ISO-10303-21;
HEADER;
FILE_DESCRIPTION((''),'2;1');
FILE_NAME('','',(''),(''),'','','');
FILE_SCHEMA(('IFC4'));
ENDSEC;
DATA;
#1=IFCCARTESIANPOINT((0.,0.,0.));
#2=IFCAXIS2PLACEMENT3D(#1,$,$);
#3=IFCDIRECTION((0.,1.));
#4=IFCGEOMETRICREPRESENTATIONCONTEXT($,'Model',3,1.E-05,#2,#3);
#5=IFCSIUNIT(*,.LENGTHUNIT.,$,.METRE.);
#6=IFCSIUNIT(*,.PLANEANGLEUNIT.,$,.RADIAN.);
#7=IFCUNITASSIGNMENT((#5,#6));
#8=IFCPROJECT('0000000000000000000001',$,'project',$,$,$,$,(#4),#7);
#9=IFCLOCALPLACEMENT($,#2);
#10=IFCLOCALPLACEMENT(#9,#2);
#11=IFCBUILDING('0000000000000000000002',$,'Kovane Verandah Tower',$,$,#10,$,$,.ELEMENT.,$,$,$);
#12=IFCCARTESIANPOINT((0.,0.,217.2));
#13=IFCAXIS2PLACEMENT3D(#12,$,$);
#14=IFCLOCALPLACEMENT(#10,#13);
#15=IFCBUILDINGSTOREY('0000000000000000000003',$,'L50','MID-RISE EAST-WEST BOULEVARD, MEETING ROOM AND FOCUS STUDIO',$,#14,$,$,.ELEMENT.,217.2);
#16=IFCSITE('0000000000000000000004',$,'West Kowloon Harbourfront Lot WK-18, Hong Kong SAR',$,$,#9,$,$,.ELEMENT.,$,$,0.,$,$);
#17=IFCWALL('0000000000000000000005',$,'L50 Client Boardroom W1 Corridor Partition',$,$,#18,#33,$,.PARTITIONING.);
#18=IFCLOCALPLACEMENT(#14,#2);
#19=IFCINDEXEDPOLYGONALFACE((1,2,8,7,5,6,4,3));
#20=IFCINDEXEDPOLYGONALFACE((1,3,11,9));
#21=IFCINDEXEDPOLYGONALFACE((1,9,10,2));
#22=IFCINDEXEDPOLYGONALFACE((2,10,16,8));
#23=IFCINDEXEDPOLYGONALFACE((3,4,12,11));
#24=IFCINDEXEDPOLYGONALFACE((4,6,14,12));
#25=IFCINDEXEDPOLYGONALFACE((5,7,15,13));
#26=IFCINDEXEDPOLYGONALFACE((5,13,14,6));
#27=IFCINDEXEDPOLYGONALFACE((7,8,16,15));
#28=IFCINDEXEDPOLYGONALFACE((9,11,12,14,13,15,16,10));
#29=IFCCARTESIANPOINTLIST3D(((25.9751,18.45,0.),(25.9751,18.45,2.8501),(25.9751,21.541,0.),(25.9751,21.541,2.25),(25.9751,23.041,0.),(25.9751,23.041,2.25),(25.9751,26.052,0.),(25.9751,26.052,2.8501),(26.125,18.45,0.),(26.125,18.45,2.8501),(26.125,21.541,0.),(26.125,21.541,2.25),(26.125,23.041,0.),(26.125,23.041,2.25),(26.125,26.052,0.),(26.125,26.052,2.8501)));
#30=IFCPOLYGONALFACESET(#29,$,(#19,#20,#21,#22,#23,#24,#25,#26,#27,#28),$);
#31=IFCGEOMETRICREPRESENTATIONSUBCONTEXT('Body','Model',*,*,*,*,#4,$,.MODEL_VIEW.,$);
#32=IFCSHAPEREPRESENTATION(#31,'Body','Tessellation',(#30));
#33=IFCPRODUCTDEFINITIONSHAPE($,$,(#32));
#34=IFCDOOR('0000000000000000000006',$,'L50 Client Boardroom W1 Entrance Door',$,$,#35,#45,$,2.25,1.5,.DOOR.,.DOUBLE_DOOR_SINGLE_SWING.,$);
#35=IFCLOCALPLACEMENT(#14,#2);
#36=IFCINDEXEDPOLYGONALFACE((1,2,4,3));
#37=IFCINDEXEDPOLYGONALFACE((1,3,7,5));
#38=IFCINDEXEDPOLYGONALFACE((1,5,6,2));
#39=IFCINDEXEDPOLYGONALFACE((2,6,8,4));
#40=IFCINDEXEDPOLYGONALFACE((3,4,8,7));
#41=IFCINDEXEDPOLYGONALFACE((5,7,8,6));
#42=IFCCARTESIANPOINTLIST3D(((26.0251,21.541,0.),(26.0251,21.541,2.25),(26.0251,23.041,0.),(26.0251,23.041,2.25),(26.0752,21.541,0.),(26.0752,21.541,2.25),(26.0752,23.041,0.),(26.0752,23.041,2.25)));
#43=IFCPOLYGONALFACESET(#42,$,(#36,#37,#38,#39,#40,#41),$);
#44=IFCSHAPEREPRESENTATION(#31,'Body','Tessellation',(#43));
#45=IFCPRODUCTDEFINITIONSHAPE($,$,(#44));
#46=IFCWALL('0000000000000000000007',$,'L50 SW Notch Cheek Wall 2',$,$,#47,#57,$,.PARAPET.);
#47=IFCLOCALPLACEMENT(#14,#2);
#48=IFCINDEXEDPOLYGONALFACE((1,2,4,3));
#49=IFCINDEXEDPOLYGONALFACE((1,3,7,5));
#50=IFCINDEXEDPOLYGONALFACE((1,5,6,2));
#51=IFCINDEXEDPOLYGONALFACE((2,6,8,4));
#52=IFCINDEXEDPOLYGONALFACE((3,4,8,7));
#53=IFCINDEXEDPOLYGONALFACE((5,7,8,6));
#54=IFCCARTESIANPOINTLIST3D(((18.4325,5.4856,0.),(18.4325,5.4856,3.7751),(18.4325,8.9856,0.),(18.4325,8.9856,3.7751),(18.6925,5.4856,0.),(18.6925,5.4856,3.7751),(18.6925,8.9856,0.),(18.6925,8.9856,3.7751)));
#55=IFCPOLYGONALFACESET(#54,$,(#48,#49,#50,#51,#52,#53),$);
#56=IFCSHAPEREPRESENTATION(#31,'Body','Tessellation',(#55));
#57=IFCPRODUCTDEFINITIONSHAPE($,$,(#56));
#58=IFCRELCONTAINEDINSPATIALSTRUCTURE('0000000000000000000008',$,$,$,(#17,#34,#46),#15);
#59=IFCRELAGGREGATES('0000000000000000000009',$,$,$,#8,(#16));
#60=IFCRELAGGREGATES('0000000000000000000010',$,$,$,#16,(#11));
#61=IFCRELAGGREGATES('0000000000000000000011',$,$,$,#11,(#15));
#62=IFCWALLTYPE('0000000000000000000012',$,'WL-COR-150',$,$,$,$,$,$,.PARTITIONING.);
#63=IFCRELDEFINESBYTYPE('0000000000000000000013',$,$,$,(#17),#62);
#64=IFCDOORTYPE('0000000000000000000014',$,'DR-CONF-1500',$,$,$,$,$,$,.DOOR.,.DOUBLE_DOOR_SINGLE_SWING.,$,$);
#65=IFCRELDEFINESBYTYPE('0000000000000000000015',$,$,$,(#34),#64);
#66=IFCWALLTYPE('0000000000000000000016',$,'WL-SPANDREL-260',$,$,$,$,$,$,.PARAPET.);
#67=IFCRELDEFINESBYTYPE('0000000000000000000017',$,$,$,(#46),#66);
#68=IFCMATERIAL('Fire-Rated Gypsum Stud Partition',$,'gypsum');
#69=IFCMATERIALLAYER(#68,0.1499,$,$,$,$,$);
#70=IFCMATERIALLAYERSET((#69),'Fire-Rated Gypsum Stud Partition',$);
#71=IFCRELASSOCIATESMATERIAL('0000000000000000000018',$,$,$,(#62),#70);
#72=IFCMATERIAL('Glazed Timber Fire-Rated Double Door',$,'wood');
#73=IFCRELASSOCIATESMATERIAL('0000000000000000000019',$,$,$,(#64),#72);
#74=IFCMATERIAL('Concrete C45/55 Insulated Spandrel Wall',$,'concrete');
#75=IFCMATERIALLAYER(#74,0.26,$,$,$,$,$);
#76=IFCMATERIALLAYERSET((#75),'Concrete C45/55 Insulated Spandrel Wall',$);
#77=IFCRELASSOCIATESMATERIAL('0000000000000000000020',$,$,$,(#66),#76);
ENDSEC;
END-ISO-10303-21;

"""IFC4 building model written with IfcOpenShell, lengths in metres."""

from ifc_helpers import new_model, si_unit, direction, frame, frame_2d, origin, place, context, subcontext, project, spatial, rectangle, extrude, material, layer, layer_set, type_object, element, fill, save


model = new_model("IFC4")

# Units and contexts
model_context = context("Model", 3, precision=1e-05, world=origin(), true_north=direction((0.0, 1.0)))
body_context = subcontext(model_context, "Body", "Model", "MODEL_VIEW")
ifc_project = project(units=[si_unit("LENGTHUNIT", "METRE"), si_unit("PLANEANGLEUNIT", "RADIAN")], contexts=[model_context])

# Site, building, storey
site_placement = place(None, origin())
site = spatial("IfcSite", under=ifc_project, at=site_placement, Name="West Kowloon Harbourfront Lot WK-18, Hong Kong SAR", CompositionType="ELEMENT", RefElevation=0.0)
building_placement = place(site_placement, origin())
building = spatial("IfcBuilding", under=site, at=building_placement, Name="Kovane Verandah Tower", CompositionType="ELEMENT")
storey_placement = place(building_placement, frame((0.0, 0.0, 217.2)))
storey = spatial("IfcBuildingStorey", under=building, at=storey_placement, Name="L50", Description="MID-RISE EAST-WEST BOULEVARD, MEETING ROOM AND FOCUS STUDIO", CompositionType="ELEMENT", Elevation=217.2)

# Wall, opening, door
ifc_material_1 = material(Name="Fire-Rated Gypsum Stud Partition", Category="gypsum")
ifc_layer_1 = layer(ifc_material_1, 0.1499)
ifc_layer_set_1 = layer_set([ifc_layer_1], Name="Fire-Rated Gypsum Stud Partition")
wall_type_1 = type_object("IfcWallType", Name="WL-COR-150", PredefinedType="PARTITIONING", material=ifc_layer_set_1)
wall_1_placement = place(storey_placement, frame((26.05, 18.45, 0.0), z_axis=(0.0, 0.0, 1.0), x_axis=(0.0, 1.0, 0.0)))
wall_1 = element("IfcWall", 1, at=wall_1_placement, inside=storey, type_object=wall_type_1, Name="L50 Client Boardroom W1 Corridor Partition", PredefinedType="PARTITIONING", context=body_context, shape_type="SweptSolid", body=[
    extrude(rectangle(XDim=7.6021, YDim=0.1499, at=frame_2d((3.801, 0.0))), origin(), (0.0, 0.0, 1.0), 2.8501),
])
opening_1_placement = place(wall_1_placement, frame((3.0911, 0.0, 0.0)))
opening_1 = element("IfcOpeningElement", 2, at=opening_1_placement, cuts=wall_1, PredefinedType="OPENING", context=body_context, shape_type="SweptSolid", body=[
    extrude(rectangle(XDim=1.5, YDim=2.25, at=frame_2d((0.75, 1.125))), frame((0.0, 0.075, 0.0), z_axis=(0.0, -1.0, 0.0), x_axis=(1.0, 0.0, 0.0)), (0.0, 0.0, 1.0), 0.1499),
])
ifc_material_2 = material(Name="Glazed Timber Fire-Rated Double Door", Category="wood")
door_type_1 = type_object("IfcDoorType", Name="DR-CONF-1500", OperationType="DOUBLE_DOOR_SINGLE_SWING", PredefinedType="DOOR", material=ifc_material_2)
door_1_placement = place(opening_1_placement, origin())
door_1 = element("IfcDoor", 3, at=door_1_placement, inside=storey, type_object=door_type_1, Name="L50 Client Boardroom W1 Entrance Door", OperationType="DOUBLE_DOOR_SINGLE_SWING", OverallHeight=2.25, OverallWidth=1.5, PredefinedType="DOOR", context=body_context, shape_type="SweptSolid", body=[
    extrude(rectangle(XDim=1.5, YDim=2.25, at=frame_2d((0.75, 1.125))), frame((0.0, 0.0249, 0.0), z_axis=(0.0, -1.0, 0.0), x_axis=(1.0, 0.0, 0.0)), (0.0, 0.0, 1.0), 0.05),
])
fill(opening_1, door_1)

# Wall
ifc_material_3 = material(Name="Concrete C45/55 Insulated Spandrel Wall", Category="concrete")
ifc_layer_2 = layer(ifc_material_3, 0.26)
ifc_layer_set_2 = layer_set([ifc_layer_2], Name="Concrete C45/55 Insulated Spandrel Wall")
wall_type_2 = type_object("IfcWallType", Name="WL-SPANDREL-260", PredefinedType="PARAPET", material=ifc_layer_set_2)
wall_2_placement = place(storey_placement, frame((18.5625, 8.9856, 0.0), z_axis=(0.0, 0.0, 1.0), x_axis=(0.0, -1.0, 0.0)))
element("IfcWall", 4, at=wall_2_placement, inside=storey, type_object=wall_type_2, Name="L50 SW Notch Cheek Wall 2", PredefinedType="PARAPET", context=body_context, shape_type="SweptSolid", body=[
    extrude(rectangle(XDim=3.5, YDim=0.26, at=frame_2d((1.75, 0.0))), origin(), (0.0, 0.0, 1.0), 3.7751),
])

save(model, "model.ifc")
